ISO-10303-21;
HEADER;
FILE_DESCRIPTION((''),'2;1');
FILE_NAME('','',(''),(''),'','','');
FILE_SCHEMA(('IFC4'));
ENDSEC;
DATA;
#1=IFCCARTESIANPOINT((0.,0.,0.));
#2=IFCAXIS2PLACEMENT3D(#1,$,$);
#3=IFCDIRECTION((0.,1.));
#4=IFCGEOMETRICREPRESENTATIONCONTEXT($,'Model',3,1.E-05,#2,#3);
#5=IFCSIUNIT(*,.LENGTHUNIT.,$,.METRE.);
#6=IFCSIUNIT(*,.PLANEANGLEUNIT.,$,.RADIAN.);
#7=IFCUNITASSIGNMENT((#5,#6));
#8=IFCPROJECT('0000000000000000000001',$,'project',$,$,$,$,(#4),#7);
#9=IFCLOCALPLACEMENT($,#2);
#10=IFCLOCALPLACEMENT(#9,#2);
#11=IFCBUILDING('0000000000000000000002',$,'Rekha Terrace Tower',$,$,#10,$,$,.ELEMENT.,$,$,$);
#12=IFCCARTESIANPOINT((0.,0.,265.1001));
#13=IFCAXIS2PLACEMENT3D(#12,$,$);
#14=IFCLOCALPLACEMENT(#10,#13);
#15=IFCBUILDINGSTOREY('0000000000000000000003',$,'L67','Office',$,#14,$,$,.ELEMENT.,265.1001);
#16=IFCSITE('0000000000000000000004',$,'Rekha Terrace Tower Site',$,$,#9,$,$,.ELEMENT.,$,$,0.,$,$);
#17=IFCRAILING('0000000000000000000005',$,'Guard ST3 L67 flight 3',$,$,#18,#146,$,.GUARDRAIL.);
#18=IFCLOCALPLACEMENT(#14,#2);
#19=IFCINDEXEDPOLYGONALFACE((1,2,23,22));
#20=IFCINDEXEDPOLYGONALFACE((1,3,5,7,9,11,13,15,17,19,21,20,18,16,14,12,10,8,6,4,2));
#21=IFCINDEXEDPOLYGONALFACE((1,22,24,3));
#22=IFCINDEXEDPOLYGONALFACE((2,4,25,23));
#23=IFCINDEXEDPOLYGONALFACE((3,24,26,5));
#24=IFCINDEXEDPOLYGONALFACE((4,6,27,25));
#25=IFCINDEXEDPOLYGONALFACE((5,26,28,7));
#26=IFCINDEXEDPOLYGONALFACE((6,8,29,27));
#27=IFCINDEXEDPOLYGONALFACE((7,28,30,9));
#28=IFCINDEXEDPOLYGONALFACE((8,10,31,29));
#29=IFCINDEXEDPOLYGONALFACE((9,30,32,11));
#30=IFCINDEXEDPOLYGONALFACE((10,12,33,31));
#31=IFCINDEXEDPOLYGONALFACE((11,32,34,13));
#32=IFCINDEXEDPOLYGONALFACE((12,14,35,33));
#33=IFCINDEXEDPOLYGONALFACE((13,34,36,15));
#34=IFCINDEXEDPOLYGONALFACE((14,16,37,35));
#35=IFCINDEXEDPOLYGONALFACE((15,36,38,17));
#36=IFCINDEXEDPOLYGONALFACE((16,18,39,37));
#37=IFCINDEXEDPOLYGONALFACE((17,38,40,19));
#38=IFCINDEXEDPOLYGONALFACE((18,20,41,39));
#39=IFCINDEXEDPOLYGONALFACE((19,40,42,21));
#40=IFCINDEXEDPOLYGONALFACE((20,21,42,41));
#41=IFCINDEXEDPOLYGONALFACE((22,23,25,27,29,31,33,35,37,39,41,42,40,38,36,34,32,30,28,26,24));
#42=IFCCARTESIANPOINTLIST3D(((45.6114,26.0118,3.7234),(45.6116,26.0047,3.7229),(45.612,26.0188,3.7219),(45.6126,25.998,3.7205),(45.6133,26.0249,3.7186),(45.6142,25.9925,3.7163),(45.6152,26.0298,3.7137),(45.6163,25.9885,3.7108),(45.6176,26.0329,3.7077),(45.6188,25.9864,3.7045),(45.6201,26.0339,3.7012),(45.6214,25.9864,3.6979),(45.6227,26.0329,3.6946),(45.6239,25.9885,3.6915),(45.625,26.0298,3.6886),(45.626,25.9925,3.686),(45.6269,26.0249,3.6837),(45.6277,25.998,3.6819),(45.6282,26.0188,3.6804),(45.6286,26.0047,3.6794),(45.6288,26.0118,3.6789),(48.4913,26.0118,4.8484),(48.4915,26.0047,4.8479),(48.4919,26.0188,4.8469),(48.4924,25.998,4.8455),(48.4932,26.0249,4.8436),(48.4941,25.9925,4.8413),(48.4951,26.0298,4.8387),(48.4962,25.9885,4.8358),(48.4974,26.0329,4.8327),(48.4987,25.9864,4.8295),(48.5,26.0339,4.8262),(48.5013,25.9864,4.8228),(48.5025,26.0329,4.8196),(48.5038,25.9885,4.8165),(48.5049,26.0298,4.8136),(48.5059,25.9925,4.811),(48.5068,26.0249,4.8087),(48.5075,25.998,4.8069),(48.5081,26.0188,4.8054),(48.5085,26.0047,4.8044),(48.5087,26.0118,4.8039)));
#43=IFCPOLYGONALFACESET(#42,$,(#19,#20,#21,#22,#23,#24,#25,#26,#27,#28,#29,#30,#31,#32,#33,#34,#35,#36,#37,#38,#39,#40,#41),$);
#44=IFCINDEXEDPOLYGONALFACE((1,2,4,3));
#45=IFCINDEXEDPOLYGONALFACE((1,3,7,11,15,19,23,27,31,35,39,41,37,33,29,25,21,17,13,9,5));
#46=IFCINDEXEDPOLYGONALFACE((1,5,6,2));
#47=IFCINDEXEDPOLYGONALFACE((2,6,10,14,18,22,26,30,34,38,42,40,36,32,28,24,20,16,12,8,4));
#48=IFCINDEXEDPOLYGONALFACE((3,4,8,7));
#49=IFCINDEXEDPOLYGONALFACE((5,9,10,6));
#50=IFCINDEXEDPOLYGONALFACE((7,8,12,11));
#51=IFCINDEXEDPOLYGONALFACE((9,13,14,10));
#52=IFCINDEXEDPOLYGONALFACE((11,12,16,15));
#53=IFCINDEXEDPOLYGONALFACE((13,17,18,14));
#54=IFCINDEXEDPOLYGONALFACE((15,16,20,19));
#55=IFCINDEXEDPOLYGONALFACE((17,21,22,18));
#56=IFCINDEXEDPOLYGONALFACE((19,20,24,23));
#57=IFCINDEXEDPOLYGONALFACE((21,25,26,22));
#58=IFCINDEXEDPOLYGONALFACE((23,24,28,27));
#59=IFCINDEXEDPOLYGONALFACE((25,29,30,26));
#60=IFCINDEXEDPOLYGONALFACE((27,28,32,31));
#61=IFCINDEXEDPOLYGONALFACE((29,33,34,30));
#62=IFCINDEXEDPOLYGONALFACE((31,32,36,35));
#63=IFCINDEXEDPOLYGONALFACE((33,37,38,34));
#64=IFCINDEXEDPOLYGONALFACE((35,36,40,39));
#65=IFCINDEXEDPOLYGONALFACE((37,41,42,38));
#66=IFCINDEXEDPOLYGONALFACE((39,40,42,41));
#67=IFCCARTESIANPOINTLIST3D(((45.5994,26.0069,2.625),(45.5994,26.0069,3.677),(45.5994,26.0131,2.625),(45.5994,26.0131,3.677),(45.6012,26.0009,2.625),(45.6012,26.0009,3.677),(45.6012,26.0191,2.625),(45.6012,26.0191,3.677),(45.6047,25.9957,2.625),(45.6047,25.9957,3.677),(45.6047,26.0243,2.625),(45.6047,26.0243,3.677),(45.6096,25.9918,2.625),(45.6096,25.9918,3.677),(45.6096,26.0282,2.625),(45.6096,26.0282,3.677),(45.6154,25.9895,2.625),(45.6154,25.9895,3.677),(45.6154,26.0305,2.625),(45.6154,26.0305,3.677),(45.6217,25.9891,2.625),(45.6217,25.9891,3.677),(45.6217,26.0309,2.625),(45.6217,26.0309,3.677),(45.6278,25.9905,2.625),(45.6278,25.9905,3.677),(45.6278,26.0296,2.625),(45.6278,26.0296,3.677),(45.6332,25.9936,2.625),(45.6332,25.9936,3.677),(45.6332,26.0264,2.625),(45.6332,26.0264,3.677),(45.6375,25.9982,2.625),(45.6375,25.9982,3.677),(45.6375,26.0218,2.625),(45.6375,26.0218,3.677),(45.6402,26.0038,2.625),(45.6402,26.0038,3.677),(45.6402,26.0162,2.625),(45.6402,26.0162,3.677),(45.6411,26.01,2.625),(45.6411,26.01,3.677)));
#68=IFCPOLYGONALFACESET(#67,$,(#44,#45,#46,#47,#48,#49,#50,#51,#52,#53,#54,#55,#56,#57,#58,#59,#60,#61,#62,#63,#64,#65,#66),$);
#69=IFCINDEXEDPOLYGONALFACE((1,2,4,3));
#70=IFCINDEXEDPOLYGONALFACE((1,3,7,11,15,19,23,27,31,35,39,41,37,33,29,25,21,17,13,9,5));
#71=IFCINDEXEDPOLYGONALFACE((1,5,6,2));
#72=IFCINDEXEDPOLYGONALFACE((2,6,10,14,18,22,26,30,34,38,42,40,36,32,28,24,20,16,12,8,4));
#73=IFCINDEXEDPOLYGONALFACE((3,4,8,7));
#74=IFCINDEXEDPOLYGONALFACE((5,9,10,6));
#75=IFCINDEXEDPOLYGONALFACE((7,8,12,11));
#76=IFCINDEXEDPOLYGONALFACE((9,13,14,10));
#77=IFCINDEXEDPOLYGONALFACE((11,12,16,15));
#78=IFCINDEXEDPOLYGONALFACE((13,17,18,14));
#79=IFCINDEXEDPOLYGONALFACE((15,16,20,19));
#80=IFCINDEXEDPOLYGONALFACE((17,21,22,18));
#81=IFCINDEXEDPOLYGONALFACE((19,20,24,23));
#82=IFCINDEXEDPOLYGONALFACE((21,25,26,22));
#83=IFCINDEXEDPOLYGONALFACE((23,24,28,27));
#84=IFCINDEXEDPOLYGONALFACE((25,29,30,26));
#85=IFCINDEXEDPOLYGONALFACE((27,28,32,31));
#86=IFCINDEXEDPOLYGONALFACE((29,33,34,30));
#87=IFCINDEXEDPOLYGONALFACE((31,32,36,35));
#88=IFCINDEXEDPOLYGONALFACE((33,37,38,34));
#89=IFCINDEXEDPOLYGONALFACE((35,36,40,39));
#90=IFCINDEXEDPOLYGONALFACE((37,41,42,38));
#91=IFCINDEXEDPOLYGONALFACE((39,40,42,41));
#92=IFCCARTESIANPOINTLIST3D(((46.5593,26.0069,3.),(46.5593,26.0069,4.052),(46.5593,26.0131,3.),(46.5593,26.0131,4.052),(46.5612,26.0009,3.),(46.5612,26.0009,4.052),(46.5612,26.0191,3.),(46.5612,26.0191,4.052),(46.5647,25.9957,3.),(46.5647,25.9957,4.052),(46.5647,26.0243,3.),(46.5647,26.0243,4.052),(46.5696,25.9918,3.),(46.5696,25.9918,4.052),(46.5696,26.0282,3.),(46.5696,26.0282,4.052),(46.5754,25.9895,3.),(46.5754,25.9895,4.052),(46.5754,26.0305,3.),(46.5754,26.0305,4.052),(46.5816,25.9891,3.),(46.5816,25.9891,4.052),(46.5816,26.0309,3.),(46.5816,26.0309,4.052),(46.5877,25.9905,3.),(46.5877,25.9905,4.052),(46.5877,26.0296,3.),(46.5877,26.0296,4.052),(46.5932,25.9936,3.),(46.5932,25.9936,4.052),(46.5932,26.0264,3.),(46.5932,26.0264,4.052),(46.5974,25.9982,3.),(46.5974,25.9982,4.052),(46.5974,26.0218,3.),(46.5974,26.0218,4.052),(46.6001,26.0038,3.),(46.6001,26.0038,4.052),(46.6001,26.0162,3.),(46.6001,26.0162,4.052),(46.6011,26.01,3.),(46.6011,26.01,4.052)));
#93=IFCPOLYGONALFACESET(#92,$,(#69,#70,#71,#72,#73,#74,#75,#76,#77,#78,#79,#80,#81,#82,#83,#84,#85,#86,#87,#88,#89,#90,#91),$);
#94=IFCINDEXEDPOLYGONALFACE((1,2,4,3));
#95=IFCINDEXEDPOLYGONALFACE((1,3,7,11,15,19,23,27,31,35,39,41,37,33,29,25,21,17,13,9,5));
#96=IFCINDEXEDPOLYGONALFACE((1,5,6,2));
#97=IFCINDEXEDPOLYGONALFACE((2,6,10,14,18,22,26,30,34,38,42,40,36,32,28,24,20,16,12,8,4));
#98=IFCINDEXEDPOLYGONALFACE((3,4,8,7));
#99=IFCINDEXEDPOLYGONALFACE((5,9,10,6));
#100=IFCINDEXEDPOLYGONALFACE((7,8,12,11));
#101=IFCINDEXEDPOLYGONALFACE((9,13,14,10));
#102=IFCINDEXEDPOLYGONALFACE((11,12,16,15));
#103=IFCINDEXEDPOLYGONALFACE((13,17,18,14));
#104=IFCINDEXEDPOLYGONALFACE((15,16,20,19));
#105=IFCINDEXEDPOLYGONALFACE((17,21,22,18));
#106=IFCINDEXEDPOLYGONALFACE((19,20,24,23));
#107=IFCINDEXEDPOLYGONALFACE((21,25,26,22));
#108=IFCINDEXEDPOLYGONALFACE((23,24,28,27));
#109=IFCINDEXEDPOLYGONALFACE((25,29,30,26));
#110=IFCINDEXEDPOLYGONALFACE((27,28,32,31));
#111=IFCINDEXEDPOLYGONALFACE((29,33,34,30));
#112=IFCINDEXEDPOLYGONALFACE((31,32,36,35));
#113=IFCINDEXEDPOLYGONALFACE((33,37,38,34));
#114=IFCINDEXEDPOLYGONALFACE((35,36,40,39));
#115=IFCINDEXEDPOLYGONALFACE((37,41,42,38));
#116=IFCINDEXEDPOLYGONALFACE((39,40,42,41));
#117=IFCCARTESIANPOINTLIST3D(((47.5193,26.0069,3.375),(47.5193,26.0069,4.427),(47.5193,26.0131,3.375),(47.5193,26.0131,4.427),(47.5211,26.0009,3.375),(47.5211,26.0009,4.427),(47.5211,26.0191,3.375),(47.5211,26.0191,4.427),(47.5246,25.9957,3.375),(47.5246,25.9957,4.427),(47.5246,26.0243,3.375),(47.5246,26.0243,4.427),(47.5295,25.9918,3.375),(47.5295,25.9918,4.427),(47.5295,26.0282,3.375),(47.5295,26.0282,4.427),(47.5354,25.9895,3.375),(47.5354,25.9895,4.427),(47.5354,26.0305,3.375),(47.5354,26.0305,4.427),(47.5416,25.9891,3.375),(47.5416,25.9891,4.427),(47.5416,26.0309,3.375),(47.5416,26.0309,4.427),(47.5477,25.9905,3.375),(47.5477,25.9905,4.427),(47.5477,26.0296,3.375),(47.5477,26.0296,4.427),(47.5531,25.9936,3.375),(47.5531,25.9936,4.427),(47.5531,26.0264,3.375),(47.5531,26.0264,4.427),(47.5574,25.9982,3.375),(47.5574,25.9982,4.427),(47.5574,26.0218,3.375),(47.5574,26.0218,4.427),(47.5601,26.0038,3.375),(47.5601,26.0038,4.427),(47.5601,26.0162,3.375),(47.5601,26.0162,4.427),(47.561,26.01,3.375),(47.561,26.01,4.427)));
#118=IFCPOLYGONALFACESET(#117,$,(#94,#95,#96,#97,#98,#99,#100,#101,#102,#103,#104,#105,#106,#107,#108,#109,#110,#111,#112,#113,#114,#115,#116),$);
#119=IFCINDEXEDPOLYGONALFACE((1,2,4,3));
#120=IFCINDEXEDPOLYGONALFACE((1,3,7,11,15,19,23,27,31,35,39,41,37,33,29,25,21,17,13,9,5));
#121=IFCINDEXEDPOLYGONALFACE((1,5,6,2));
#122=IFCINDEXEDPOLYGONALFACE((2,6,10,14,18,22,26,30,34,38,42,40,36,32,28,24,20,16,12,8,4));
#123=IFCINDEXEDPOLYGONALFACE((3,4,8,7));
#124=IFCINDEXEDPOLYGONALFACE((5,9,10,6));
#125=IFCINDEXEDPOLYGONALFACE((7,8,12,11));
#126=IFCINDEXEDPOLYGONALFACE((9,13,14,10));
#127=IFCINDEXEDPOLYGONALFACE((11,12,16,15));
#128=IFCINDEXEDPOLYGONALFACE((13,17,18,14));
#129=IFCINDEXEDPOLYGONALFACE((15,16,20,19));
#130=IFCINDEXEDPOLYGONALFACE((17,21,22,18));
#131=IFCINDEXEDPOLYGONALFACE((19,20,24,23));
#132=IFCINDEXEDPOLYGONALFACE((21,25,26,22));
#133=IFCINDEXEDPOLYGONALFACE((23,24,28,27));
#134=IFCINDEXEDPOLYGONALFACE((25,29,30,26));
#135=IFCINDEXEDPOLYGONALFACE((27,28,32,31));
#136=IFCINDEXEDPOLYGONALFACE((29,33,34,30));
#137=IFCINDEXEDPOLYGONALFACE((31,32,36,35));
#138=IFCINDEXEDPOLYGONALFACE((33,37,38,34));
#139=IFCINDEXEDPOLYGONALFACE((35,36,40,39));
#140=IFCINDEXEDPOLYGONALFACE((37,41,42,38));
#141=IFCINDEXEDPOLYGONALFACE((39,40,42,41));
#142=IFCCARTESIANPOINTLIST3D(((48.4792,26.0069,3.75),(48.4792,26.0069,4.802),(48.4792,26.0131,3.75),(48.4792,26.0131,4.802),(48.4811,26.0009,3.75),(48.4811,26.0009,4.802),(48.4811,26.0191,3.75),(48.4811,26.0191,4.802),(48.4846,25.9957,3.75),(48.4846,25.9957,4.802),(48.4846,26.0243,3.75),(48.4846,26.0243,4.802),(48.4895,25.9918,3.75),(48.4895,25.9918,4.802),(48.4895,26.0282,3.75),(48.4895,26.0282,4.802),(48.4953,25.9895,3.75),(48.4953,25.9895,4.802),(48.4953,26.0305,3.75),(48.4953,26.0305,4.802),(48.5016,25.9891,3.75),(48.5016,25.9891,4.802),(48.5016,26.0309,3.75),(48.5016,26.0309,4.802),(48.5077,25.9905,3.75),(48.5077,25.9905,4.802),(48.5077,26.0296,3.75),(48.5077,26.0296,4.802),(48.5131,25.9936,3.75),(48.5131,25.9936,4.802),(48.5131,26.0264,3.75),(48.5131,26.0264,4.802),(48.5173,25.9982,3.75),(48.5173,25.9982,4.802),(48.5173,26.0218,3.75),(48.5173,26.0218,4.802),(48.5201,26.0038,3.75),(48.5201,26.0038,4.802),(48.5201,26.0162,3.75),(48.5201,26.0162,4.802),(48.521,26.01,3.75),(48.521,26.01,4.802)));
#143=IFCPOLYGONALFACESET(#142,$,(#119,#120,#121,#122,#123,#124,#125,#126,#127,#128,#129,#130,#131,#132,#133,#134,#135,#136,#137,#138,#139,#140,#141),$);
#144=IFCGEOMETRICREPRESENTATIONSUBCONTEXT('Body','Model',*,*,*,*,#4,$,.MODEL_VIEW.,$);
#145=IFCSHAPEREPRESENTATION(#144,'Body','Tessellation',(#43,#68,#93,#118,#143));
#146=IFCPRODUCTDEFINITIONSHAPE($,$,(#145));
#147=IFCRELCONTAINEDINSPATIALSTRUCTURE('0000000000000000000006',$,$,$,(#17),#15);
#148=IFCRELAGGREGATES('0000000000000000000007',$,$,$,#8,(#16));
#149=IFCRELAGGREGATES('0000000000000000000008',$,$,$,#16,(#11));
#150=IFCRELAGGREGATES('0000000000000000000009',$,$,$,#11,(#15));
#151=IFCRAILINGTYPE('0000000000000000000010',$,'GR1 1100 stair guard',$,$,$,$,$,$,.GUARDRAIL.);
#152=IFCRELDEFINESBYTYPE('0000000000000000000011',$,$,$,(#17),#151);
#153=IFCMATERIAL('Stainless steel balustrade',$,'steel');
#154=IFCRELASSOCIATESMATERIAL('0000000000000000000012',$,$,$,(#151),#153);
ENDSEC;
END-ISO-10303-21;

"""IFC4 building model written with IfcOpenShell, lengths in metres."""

from ifc_helpers import new_model, si_unit, direction, frame, origin, origin_2d, place, context, subcontext, project, spatial, circle, extrude, material, type_object, element, save


model = new_model("IFC4")

# Units and contexts
model_context = context("Model", 3, precision=1e-05, world=origin(), true_north=direction((0.0, 1.0)))
body_context = subcontext(model_context, "Body", "Model", "MODEL_VIEW")
ifc_project = project(units=[si_unit("LENGTHUNIT", "METRE"), si_unit("PLANEANGLEUNIT", "RADIAN")], contexts=[model_context])

# Site, building, storey
site_placement = place(None, origin())
site = spatial("IfcSite", under=ifc_project, at=site_placement, Name="Rekha Terrace Tower Site", CompositionType="ELEMENT", RefElevation=0.0)
building_placement = place(site_placement, origin())
building = spatial("IfcBuilding", under=site, at=building_placement, Name="Rekha Terrace Tower", CompositionType="ELEMENT")
storey_placement = place(building_placement, frame((0.0, 0.0, 265.1001)))
storey = spatial("IfcBuildingStorey", under=building, at=storey_placement, Name="L67", Description="Office", CompositionType="ELEMENT", Elevation=265.1001)

# Railing
ifc_material_1 = material(Name="Stainless steel balustrade", Category="steel")
railing_type_1 = type_object("IfcRailingType", Name="GR1 1100 stair guard", PredefinedType="GUARDRAIL", material=ifc_material_1)
railing_1_placement = place(storey_placement, frame((45.6201, 26.01, 2.625)))
element("IfcRailing", 1, at=railing_1_placement, inside=storey, type_object=railing_type_1, Name="Guard ST3 L67 flight 3", PredefinedType="GUARDRAIL", context=body_context, shape_type="SweptSolid", body=[
    extrude(circle(Radius=0.0239, at=origin_2d()), frame((0.0, 0.0, 1.0762), z_axis=(0.931452, 0.0, 0.363863), x_axis=(0.0, 1.0, 0.0)), (0.0, 0.0, 1.0), 3.0918),
    extrude(circle(Radius=0.021, at=origin_2d()), origin(), (0.0, 0.0, 1.0), 1.052),
    extrude(circle(Radius=0.021, at=origin_2d()), frame((0.96, 0.0, 0.375)), (0.0, 0.0, 1.0), 1.052),
    extrude(circle(Radius=0.021, at=origin_2d()), frame((1.9199, 0.0, 0.75)), (0.0, 0.0, 1.0), 1.052),
    extrude(circle(Radius=0.021, at=origin_2d()), frame((2.8799, 0.0, 1.125)), (0.0, 0.0, 1.0), 1.052),
])

save(model, "model.ifc")
